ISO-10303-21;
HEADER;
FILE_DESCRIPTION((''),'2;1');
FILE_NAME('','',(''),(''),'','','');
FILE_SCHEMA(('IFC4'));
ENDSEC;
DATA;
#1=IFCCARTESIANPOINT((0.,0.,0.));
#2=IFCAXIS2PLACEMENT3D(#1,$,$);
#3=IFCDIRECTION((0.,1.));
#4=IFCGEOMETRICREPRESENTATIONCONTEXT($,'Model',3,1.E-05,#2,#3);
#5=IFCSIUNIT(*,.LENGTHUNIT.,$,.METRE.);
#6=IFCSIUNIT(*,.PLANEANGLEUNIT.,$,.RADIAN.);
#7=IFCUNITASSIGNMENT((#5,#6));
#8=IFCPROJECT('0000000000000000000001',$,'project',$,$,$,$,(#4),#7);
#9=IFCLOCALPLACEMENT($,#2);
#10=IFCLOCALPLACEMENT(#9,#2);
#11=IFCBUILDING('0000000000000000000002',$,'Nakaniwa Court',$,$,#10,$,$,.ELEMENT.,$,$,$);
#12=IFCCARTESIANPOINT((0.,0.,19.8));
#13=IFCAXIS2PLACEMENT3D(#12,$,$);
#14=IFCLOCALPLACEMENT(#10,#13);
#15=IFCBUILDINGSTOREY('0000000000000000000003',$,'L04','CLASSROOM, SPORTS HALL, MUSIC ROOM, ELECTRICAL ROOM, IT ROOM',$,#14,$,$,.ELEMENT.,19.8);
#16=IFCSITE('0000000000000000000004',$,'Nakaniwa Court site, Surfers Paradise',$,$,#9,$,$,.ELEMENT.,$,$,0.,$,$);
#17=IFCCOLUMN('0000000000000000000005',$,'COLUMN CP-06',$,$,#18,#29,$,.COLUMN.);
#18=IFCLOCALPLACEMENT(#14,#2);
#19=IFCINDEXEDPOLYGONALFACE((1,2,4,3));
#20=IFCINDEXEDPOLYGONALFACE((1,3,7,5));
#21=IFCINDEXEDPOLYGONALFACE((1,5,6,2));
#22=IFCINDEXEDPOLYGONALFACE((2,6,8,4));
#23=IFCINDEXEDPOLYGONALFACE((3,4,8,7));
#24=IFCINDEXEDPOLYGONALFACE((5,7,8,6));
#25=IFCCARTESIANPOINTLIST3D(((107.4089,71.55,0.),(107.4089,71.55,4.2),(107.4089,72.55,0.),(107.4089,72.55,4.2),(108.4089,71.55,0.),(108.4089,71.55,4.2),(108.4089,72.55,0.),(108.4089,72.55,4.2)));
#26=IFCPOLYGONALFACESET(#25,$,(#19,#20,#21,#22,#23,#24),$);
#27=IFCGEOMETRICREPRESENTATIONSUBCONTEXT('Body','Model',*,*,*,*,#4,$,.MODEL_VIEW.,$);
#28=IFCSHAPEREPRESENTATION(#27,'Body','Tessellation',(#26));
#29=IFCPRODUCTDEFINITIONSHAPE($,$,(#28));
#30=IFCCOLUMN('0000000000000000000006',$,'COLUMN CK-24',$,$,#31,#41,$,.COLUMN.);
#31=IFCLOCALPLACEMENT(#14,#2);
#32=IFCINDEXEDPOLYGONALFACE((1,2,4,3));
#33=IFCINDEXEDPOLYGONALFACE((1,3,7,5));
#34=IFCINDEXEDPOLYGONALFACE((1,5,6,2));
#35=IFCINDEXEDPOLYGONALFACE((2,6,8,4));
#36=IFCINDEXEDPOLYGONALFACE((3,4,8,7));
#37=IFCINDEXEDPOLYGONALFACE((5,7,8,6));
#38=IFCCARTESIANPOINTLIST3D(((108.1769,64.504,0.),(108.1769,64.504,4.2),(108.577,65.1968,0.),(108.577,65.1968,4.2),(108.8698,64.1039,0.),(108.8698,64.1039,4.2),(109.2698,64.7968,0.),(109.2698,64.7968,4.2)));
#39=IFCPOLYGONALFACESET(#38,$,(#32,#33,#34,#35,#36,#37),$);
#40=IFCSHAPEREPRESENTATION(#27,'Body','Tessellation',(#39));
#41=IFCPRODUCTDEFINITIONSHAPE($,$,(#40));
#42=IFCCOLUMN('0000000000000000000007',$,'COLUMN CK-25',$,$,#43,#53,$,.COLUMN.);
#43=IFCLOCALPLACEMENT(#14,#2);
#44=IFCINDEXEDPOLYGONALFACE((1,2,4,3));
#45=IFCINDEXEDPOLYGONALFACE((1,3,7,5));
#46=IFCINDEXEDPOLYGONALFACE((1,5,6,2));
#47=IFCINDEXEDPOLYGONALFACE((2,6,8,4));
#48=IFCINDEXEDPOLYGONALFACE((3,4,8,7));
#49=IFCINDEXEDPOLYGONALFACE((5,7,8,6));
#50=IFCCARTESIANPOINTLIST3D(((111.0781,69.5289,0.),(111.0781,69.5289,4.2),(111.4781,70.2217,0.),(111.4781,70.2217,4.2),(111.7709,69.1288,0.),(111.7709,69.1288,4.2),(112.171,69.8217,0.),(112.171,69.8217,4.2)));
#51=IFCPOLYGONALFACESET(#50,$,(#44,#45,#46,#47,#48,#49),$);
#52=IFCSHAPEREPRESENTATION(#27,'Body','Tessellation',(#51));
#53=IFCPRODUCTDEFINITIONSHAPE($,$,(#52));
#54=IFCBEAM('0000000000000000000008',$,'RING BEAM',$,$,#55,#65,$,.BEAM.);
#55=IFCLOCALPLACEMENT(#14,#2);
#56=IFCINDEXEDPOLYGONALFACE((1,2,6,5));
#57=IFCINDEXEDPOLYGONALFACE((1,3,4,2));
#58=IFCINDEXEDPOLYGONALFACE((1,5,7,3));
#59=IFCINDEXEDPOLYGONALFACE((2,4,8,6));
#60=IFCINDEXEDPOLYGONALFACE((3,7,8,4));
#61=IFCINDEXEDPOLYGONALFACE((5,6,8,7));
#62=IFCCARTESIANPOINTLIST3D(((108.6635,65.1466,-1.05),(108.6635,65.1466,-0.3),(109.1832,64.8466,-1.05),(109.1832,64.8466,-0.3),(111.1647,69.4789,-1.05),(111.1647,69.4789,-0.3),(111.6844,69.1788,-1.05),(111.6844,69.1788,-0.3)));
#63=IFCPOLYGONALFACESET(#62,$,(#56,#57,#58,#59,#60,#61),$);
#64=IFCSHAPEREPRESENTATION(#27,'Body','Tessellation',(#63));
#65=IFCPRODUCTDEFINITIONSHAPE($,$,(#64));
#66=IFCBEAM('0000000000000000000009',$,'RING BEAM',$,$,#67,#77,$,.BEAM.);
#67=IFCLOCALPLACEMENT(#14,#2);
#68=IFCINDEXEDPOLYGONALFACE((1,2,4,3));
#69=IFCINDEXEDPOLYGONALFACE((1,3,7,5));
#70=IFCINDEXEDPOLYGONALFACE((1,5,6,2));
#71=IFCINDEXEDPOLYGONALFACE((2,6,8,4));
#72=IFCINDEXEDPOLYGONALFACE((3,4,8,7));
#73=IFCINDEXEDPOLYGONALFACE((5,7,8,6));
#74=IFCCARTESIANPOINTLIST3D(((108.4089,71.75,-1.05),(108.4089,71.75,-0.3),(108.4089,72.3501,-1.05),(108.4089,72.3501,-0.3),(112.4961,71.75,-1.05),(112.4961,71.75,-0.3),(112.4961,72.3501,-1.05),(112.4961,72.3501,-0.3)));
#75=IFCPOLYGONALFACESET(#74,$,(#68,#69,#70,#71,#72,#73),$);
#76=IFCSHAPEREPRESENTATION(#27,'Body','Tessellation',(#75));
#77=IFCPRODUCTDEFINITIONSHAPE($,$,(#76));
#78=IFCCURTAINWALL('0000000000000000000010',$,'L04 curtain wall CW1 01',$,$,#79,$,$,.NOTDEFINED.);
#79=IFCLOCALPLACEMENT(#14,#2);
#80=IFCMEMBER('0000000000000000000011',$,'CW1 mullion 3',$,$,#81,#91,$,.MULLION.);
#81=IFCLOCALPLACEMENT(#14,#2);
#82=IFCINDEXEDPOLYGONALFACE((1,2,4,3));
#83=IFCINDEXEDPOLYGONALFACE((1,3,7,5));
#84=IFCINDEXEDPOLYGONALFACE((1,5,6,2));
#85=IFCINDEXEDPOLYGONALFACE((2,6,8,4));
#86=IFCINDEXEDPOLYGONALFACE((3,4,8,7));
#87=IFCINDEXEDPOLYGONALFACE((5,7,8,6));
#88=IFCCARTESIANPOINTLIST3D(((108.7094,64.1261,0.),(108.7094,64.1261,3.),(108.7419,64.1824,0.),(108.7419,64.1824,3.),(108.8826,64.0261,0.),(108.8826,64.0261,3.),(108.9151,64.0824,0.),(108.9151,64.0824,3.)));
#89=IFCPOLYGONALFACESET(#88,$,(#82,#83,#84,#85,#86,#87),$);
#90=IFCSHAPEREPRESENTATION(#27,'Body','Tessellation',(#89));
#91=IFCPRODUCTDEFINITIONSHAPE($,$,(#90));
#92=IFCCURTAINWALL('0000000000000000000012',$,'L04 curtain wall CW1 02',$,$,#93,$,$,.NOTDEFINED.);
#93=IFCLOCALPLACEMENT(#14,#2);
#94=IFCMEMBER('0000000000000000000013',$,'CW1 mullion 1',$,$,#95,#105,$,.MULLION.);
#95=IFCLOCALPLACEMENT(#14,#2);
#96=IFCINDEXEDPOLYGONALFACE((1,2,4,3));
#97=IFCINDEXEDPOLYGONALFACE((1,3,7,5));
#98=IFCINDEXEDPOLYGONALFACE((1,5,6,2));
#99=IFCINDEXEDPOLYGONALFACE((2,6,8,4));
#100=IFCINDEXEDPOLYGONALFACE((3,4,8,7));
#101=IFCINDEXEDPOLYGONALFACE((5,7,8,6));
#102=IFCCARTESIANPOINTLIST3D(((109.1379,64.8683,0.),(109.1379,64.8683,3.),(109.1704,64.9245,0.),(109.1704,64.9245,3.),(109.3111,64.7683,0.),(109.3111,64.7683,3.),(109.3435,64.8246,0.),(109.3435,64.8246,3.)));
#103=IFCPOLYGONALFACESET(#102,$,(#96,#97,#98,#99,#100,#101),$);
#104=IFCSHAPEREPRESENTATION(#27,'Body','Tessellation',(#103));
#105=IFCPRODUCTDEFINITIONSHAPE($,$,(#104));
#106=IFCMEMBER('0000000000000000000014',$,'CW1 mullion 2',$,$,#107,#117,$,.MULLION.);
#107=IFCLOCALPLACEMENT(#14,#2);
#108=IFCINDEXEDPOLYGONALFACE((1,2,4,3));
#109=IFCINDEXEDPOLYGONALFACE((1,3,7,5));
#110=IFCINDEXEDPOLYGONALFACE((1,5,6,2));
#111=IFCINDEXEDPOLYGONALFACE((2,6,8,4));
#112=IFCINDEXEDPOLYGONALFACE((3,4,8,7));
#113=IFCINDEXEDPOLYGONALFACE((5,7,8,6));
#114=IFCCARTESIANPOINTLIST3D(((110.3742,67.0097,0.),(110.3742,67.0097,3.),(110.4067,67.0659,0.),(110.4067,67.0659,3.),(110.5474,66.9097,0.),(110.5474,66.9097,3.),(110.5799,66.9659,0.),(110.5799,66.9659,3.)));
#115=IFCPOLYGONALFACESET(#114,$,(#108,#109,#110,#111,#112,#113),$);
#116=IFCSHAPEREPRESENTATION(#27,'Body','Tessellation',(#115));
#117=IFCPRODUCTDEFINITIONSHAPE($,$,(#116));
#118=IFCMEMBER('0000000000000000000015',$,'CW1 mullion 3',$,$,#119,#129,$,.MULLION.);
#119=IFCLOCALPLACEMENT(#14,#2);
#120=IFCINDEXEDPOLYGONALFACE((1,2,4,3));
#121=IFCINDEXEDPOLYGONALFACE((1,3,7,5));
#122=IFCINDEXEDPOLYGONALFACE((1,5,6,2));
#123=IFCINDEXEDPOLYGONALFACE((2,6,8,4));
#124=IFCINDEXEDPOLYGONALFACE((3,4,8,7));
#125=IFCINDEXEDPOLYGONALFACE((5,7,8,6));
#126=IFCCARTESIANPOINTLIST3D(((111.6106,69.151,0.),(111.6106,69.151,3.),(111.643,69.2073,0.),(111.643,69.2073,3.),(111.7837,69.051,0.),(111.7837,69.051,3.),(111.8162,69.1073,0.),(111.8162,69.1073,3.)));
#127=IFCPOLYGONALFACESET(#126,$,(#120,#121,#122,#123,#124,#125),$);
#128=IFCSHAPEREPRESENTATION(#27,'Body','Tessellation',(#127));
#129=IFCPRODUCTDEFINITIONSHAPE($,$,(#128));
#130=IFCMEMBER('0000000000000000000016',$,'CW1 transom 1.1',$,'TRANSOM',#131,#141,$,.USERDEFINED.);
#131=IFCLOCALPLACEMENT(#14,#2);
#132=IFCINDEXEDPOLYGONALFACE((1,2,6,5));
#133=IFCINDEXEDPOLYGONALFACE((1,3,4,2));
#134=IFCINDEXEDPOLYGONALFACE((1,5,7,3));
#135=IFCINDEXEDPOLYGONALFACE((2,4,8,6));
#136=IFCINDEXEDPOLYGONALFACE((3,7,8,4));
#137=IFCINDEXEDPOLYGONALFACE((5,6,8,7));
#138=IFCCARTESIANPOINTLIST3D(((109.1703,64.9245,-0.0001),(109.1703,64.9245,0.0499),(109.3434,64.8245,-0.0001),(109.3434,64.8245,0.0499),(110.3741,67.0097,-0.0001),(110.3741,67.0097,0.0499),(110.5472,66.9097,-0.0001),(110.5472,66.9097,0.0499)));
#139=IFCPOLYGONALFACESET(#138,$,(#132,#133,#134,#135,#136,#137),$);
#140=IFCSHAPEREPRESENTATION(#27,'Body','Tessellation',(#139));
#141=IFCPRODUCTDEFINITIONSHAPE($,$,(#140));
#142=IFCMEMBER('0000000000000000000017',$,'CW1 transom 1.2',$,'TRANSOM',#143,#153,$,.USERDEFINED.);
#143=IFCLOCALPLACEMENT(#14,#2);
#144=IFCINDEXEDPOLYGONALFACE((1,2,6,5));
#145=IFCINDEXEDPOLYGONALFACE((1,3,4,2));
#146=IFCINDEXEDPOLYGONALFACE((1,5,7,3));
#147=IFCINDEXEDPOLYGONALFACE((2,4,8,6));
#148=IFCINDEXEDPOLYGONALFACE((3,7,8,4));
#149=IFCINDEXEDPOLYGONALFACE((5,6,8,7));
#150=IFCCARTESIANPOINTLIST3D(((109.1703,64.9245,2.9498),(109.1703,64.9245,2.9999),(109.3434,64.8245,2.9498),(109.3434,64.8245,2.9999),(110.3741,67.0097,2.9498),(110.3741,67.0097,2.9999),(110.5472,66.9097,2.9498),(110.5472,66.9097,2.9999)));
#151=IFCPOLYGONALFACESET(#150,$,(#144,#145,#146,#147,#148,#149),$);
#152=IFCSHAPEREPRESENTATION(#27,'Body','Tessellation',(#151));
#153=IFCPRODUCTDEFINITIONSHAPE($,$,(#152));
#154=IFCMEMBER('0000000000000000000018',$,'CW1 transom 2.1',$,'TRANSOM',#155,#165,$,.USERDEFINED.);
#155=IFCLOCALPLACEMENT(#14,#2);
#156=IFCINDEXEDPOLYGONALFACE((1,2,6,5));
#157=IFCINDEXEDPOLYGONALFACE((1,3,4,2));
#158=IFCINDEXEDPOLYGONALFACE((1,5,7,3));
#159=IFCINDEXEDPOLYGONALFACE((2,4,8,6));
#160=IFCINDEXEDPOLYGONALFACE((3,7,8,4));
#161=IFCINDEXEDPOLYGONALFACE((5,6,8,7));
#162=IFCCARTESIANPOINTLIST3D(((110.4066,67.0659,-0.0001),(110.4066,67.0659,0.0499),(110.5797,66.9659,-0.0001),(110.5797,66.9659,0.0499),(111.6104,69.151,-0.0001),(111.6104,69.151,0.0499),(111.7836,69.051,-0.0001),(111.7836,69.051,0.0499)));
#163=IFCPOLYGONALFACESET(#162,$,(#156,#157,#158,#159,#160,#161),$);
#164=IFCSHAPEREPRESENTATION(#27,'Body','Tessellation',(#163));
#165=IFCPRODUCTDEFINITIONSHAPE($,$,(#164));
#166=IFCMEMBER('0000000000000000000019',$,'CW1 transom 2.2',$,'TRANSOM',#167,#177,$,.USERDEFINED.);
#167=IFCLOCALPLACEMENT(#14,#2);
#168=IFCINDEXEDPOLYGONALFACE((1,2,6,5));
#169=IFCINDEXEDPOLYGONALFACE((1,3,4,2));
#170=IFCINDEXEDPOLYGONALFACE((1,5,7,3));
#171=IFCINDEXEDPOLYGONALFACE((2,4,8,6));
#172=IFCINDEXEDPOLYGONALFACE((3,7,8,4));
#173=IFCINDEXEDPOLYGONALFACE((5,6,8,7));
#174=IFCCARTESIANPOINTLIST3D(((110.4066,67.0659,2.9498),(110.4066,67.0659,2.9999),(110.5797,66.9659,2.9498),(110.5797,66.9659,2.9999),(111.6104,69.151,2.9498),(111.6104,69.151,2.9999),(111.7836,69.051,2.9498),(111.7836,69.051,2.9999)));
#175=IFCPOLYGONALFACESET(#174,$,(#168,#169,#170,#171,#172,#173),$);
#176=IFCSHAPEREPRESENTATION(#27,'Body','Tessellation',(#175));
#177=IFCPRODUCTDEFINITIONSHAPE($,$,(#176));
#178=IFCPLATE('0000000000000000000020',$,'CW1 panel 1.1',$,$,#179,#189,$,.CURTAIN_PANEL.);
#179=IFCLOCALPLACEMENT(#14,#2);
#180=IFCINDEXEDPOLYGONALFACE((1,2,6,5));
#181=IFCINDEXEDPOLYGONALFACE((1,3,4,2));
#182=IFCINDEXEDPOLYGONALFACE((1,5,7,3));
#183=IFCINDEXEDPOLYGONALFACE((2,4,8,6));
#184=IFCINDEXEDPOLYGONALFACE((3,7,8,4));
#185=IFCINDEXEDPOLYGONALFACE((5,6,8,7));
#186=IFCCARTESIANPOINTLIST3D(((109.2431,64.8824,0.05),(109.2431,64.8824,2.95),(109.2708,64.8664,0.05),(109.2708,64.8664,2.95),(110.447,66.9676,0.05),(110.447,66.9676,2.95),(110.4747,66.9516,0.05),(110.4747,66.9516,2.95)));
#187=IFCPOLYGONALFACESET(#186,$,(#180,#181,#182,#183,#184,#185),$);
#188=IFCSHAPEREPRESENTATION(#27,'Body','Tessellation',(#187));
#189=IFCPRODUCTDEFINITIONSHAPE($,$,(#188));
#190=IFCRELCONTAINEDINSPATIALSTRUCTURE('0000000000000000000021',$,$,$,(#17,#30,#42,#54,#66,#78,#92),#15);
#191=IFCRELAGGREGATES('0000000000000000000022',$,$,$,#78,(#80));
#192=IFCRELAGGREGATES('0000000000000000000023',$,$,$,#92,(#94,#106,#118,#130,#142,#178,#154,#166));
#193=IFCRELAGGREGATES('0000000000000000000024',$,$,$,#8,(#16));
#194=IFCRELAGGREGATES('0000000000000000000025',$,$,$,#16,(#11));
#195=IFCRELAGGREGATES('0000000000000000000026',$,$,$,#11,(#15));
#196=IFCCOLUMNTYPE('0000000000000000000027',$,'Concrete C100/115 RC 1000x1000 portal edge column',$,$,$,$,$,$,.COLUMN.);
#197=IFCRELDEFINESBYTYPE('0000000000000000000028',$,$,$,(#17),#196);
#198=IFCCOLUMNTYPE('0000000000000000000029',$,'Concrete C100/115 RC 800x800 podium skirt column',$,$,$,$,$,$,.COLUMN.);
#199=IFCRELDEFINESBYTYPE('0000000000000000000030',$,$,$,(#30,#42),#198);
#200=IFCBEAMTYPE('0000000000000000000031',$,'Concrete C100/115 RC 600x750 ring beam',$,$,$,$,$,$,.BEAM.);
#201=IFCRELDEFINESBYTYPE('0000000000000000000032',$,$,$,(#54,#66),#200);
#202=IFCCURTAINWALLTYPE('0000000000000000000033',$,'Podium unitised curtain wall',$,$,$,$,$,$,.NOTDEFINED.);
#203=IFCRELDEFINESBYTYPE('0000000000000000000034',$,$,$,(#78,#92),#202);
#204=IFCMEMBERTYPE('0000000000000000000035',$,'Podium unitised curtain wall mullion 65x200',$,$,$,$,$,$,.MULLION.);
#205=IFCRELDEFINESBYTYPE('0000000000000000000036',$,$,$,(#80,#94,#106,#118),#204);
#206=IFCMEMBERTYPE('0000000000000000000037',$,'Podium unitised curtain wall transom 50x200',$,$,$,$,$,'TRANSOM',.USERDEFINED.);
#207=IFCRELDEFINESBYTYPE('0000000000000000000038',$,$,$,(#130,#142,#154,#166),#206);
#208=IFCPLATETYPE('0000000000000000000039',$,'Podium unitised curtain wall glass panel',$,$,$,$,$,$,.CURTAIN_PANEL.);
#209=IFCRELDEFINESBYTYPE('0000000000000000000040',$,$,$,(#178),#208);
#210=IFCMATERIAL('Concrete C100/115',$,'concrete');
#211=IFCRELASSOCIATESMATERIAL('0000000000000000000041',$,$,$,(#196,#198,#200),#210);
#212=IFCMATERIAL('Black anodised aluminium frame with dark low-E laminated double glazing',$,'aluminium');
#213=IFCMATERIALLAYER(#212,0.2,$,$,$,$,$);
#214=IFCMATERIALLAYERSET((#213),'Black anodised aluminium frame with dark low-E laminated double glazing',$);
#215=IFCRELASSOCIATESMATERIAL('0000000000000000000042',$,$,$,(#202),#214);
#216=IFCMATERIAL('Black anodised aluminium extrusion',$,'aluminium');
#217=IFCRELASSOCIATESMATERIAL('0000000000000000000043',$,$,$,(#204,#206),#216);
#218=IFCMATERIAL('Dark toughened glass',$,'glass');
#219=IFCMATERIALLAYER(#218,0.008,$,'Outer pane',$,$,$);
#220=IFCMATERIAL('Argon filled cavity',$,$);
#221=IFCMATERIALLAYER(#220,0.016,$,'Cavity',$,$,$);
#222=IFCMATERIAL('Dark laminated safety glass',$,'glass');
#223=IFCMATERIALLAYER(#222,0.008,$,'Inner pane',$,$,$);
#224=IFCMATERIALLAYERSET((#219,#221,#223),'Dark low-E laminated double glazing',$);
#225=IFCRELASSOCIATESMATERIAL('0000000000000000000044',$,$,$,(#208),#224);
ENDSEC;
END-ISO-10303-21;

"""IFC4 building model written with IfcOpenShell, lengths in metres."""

from ifc_helpers import new_model, si_unit, direction, frame, origin, origin_2d, place, context, subcontext, project, spatial, rectangle, extrude, material, layer, layer_set, material_profile, profile_set, type_object, element, aggregate, save


model = new_model("IFC4")

# Units and contexts
model_context = context("Model", 3, precision=1e-05, world=origin(), true_north=direction((0.0, 1.0)))
body_context = subcontext(model_context, "Body", "Model", "MODEL_VIEW")
ifc_project = project(units=[si_unit("LENGTHUNIT", "METRE"), si_unit("PLANEANGLEUNIT", "RADIAN")], contexts=[model_context])

# Site, building, storey
site_placement = place(None, origin())
site = spatial("IfcSite", under=ifc_project, at=site_placement, Name="Nakaniwa Court site, Surfers Paradise", CompositionType="ELEMENT", RefElevation=0.0)
building_placement = place(site_placement, origin())
building = spatial("IfcBuilding", under=site, at=building_placement, Name="Nakaniwa Court", CompositionType="ELEMENT")
storey_placement = place(building_placement, frame((0.0, 0.0, 19.8)))
storey = spatial("IfcBuildingStorey", under=building, at=storey_placement, Name="L04", Description="CLASSROOM, SPORTS HALL, MUSIC ROOM, ELECTRICAL ROOM, IT ROOM", CompositionType="ELEMENT", Elevation=19.8)

# Columns
ifc_material_1 = material(Name="Concrete C100/115", Category="concrete")
ifc_material_profile_1 = material_profile(ifc_material_1, rectangle(XDim=1.0, YDim=1.0, at=origin_2d()), Name="Concrete C100/115 RC 1000x1000 portal edge column")
ifc_profile_set_1 = profile_set([ifc_material_profile_1], Name="Concrete C100/115")
column_type_1 = type_object("IfcColumnType", Name="Concrete C100/115 RC 1000x1000 portal edge column", PredefinedType="COLUMN", material=ifc_profile_set_1)
column_placement = place(storey_placement, frame((107.9089, 72.05, 0.0), z_axis=(0.0, 0.0, 1.0), x_axis=(1.0, 0.0, 0.0)))
element("IfcColumn", 1, at=column_placement, inside=storey, type_object=column_type_1, Name="COLUMN CP-06", PredefinedType="COLUMN", context=body_context, shape_type="SweptSolid", body=[
    extrude(rectangle(XDim=1.0, YDim=1.0, at=origin_2d()), origin(), (0.0, 0.0, 1.0), 4.2),
])
ifc_material_profile_2 = material_profile(ifc_material_1, rectangle(XDim=0.8, YDim=0.8, at=origin_2d()), Name="Concrete C100/115 RC 800x800 podium skirt column")
ifc_profile_set_2 = profile_set([ifc_material_profile_2], Name="Concrete C100/115")
column_type_2 = type_object("IfcColumnType", Name="Concrete C100/115 RC 800x800 podium skirt column", PredefinedType="COLUMN", material=ifc_profile_set_2)
for number, where, z_axis, x_axis, name in (
    (2, (108.7234, 64.6504, 0.0), (0.0, 0.0, 1.0), (0.5, 0.866025, 0.0), "COLUMN CK-24"),
    (3, (111.6245, 69.6753, 0.0), (0.0, 0.0, 1.0), (0.5, 0.866025, 0.0), "COLUMN CK-25"),
):
    element("IfcColumn", number, at=place(storey_placement, frame(where, z_axis=z_axis, x_axis=x_axis)), inside=storey, type_object=column_type_2, Name=name, PredefinedType="COLUMN", context=body_context, shape_type="SweptSolid", body=[
        extrude(rectangle(XDim=0.8, YDim=0.8, at=origin_2d()), origin(), (0.0, 0.0, 1.0), 4.2),
    ])

# Beams
ifc_material_profile_3 = material_profile(ifc_material_1, rectangle(XDim=0.6001, YDim=0.75, at=origin_2d()), Name="Concrete C100/115 RC 600x750 ring beam")
ifc_profile_set_3 = profile_set([ifc_material_profile_3], Name="Concrete C100/115")
beam_type = type_object("IfcBeamType", Name="Concrete C100/115 RC 600x750 ring beam", PredefinedType="BEAM", material=ifc_profile_set_3)
beam_1_placement = place(storey_placement, frame((108.9233, 64.9966, -0.675), z_axis=(0.499997, 0.866027, 0.0), x_axis=(-0.866027, 0.499997, 0.0)))
element("IfcBeam", 4, at=beam_1_placement, inside=storey, type_object=beam_type, Name="RING BEAM", PredefinedType="BEAM", context=body_context, shape_type="SweptSolid", body=[
    extrude(rectangle(XDim=0.6001, YDim=0.75, at=origin_2d()), origin(), (0.0, 0.0, 1.0), 5.0024),
])
beam_2_placement = place(storey_placement, frame((108.4089, 72.05, -0.675), z_axis=(1.0, 0.0, 0.0), x_axis=(0.0, 1.0, 0.0)))
element("IfcBeam", 5, at=beam_2_placement, inside=storey, type_object=beam_type, Name="RING BEAM", PredefinedType="BEAM", context=body_context, shape_type="SweptSolid", body=[
    extrude(rectangle(XDim=0.6001, YDim=0.75, at=origin_2d()), origin(), (0.0, 0.0, 1.0), 4.0872),
])

# Curtain wall, member
ifc_material_2 = material(Name="Black anodised aluminium frame with dark low-E laminated double glazing", Category="aluminium")
ifc_layer_1 = layer(ifc_material_2, 0.2)
ifc_layer_set_1 = layer_set([ifc_layer_1], Name="Black anodised aluminium frame with dark low-E laminated double glazing")
curtain_wall_type = type_object("IfcCurtainWallType", Name="Podium unitised curtain wall", PredefinedType="NOTDEFINED", material=ifc_layer_set_1)
curtain_wall_1_placement = place(storey_placement, origin())
curtain_wall_1 = element("IfcCurtainWall", 6, at=curtain_wall_1_placement, inside=storey, type_object=curtain_wall_type, Name="L04 curtain wall CW1 01", PredefinedType="NOTDEFINED")
ifc_material_3 = material(Name="Black anodised aluminium extrusion", Category="aluminium")
ifc_material_profile_4 = material_profile(ifc_material_3, rectangle(XDim=0.2, YDim=0.0649, at=origin_2d()), Name="Podium unitised curtain wall mullion 65x200")
ifc_profile_set_4 = profile_set([ifc_material_profile_4], Name="Black anodised aluminium extrusion")
member_type_1 = type_object("IfcMemberType", Name="Podium unitised curtain wall mullion 65x200", PredefinedType="MULLION", material=ifc_profile_set_4)
member_1_placement = place(storey_placement, frame((108.8123, 64.1042, 0.0), z_axis=(0.0, 0.0, 1.0), x_axis=(-0.866032, 0.499988, 0.0)))
member_1 = element("IfcMember", 7, at=member_1_placement, type_object=member_type_1, Name="CW1 mullion 3", PredefinedType="MULLION", context=body_context, shape_type="SweptSolid", body=[
    extrude(rectangle(XDim=0.2, YDim=0.0649, at=origin_2d()), origin(), (0.0, 0.0, 1.0), 3.0),
])
aggregate(curtain_wall_1, [member_1])

# Curtain wall, members, plate
curtain_wall_2_placement = place(storey_placement, origin())
curtain_wall_2 = element("IfcCurtainWall", 8, at=curtain_wall_2_placement, inside=storey, type_object=curtain_wall_type, Name="L04 curtain wall CW1 02", PredefinedType="NOTDEFINED")
member_2_placement = place(storey_placement, frame((109.2407, 64.8464, 0.0), z_axis=(0.0, 0.0, 1.0), x_axis=(-0.866024, 0.500003, 0.0)))
member_2 = element("IfcMember", 9, at=member_2_placement, type_object=member_type_1, Name="CW1 mullion 1", PredefinedType="MULLION", context=body_context, shape_type="SweptSolid", body=[
    extrude(rectangle(XDim=0.2, YDim=0.0649, at=origin_2d()), origin(), (0.0, 0.0, 1.0), 3.0),
])
member_3_placement = place(storey_placement, frame((110.4771, 66.9878, 0.0), z_axis=(0.0, 0.0, 1.0), x_axis=(-0.866024, 0.500003, 0.0)))
member_3 = element("IfcMember", 10, at=member_3_placement, type_object=member_type_1, Name="CW1 mullion 2", PredefinedType="MULLION", context=body_context, shape_type="SweptSolid", body=[
    extrude(rectangle(XDim=0.2, YDim=0.0649, at=origin_2d()), origin(), (0.0, 0.0, 1.0), 3.0),
])
member_4_placement = place(storey_placement, frame((111.7134, 69.1292, 0.0), z_axis=(0.0, 0.0, 1.0), x_axis=(-0.866024, 0.500003, 0.0)))
member_4 = element("IfcMember", 11, at=member_4_placement, type_object=member_type_1, Name="CW1 mullion 3", PredefinedType="MULLION", context=body_context, shape_type="SweptSolid", body=[
    extrude(rectangle(XDim=0.2, YDim=0.0649, at=origin_2d()), origin(), (0.0, 0.0, 1.0), 3.0),
])
ifc_material_profile_5 = material_profile(ifc_material_3, rectangle(XDim=0.2, YDim=0.05, at=origin_2d()), Name="Podium unitised curtain wall transom 50x200")
ifc_profile_set_5 = profile_set([ifc_material_profile_5], Name="Black anodised aluminium extrusion")
member_type_2 = type_object("IfcMemberType", Name="Podium unitised curtain wall transom 50x200", ElementType="TRANSOM", PredefinedType="USERDEFINED", material=ifc_profile_set_5)
member_5_placement = place(storey_placement, frame((109.2568, 64.8745, 0.0249), z_axis=(0.499989, 0.866032, 0.0), x_axis=(-0.866032, 0.499989, 0.0)))
member_5 = element("IfcMember", 12, at=member_5_placement, type_object=member_type_2, Name="CW1 transom 1.1", ObjectType="TRANSOM", PredefinedType="USERDEFINED", context=body_context, shape_type="SweptSolid", body=[
    extrude(rectangle(XDim=0.2, YDim=0.05, at=origin_2d()), origin(), (0.0, 0.0, 1.0), 2.4077),
])
member_6_placement = place(storey_placement, frame((109.2568, 64.8745, 2.9749), z_axis=(0.499989, 0.866032, 0.0), x_axis=(-0.866032, 0.499989, 0.0)))
member_6 = element("IfcMember", 13, at=member_6_placement, type_object=member_type_2, Name="CW1 transom 1.2", ObjectType="TRANSOM", PredefinedType="USERDEFINED", context=body_context, shape_type="SweptSolid", body=[
    extrude(rectangle(XDim=0.2, YDim=0.05, at=origin_2d()), origin(), (0.0, 0.0, 1.0), 2.4077),
])
member_7_placement = place(storey_placement, frame((110.4932, 67.0159, 0.0249), z_axis=(0.499989, 0.866032, 0.0), x_axis=(-0.866032, 0.499989, 0.0)))
member_7 = element("IfcMember", 14, at=member_7_placement, type_object=member_type_2, Name="CW1 transom 2.1", ObjectType="TRANSOM", PredefinedType="USERDEFINED", context=body_context, shape_type="SweptSolid", body=[
    extrude(rectangle(XDim=0.2, YDim=0.05, at=origin_2d()), origin(), (0.0, 0.0, 1.0), 2.4077),
])
member_8_placement = place(storey_placement, frame((110.4932, 67.0159, 2.9749), z_axis=(0.499989, 0.866032, 0.0), x_axis=(-0.866032, 0.499989, 0.0)))
member_8 = element("IfcMember", 15, at=member_8_placement, type_object=member_type_2, Name="CW1 transom 2.2", ObjectType="TRANSOM", PredefinedType="USERDEFINED", context=body_context, shape_type="SweptSolid", body=[
    extrude(rectangle(XDim=0.2, YDim=0.05, at=origin_2d()), origin(), (0.0, 0.0, 1.0), 2.4077),
])
ifc_material_4 = material(Name="Dark toughened glass", Category="glass")
ifc_layer_2 = layer(ifc_material_4, 0.008, Name="Outer pane")
ifc_material_5 = material(Name="Argon filled cavity")
ifc_layer_3 = layer(ifc_material_5, 0.016, Name="Cavity")
ifc_material_6 = material(Name="Dark laminated safety glass", Category="glass")
ifc_layer_4 = layer(ifc_material_6, 0.008, Name="Inner pane")
ifc_layer_set_2 = layer_set([ifc_layer_2, ifc_layer_3, ifc_layer_4], Name="Dark low-E laminated double glazing")
plate_type = type_object("IfcPlateType", Name="Podium unitised curtain wall glass panel", PredefinedType="CURTAIN_PANEL", material=ifc_layer_set_2)
plate_1_placement = place(storey_placement, frame((109.8589, 65.917, 0.05), z_axis=(0.0, 0.0, 1.0), x_axis=(0.500003, 0.866024, 0.0)))
plate_1 = element("IfcPlate", 16, at=plate_1_placement, type_object=plate_type, Name="CW1 panel 1.1", PredefinedType="CURTAIN_PANEL", context=body_context, shape_type="SweptSolid", body=[
    extrude(rectangle(XDim=2.4077, YDim=0.032, at=origin_2d()), origin(), (0.0, 0.0, 1.0), 2.8999),
])
aggregate(curtain_wall_2, [member_2, member_3, member_4, member_5, member_6, plate_1, member_7, member_8])

save(model, "model.ifc")
